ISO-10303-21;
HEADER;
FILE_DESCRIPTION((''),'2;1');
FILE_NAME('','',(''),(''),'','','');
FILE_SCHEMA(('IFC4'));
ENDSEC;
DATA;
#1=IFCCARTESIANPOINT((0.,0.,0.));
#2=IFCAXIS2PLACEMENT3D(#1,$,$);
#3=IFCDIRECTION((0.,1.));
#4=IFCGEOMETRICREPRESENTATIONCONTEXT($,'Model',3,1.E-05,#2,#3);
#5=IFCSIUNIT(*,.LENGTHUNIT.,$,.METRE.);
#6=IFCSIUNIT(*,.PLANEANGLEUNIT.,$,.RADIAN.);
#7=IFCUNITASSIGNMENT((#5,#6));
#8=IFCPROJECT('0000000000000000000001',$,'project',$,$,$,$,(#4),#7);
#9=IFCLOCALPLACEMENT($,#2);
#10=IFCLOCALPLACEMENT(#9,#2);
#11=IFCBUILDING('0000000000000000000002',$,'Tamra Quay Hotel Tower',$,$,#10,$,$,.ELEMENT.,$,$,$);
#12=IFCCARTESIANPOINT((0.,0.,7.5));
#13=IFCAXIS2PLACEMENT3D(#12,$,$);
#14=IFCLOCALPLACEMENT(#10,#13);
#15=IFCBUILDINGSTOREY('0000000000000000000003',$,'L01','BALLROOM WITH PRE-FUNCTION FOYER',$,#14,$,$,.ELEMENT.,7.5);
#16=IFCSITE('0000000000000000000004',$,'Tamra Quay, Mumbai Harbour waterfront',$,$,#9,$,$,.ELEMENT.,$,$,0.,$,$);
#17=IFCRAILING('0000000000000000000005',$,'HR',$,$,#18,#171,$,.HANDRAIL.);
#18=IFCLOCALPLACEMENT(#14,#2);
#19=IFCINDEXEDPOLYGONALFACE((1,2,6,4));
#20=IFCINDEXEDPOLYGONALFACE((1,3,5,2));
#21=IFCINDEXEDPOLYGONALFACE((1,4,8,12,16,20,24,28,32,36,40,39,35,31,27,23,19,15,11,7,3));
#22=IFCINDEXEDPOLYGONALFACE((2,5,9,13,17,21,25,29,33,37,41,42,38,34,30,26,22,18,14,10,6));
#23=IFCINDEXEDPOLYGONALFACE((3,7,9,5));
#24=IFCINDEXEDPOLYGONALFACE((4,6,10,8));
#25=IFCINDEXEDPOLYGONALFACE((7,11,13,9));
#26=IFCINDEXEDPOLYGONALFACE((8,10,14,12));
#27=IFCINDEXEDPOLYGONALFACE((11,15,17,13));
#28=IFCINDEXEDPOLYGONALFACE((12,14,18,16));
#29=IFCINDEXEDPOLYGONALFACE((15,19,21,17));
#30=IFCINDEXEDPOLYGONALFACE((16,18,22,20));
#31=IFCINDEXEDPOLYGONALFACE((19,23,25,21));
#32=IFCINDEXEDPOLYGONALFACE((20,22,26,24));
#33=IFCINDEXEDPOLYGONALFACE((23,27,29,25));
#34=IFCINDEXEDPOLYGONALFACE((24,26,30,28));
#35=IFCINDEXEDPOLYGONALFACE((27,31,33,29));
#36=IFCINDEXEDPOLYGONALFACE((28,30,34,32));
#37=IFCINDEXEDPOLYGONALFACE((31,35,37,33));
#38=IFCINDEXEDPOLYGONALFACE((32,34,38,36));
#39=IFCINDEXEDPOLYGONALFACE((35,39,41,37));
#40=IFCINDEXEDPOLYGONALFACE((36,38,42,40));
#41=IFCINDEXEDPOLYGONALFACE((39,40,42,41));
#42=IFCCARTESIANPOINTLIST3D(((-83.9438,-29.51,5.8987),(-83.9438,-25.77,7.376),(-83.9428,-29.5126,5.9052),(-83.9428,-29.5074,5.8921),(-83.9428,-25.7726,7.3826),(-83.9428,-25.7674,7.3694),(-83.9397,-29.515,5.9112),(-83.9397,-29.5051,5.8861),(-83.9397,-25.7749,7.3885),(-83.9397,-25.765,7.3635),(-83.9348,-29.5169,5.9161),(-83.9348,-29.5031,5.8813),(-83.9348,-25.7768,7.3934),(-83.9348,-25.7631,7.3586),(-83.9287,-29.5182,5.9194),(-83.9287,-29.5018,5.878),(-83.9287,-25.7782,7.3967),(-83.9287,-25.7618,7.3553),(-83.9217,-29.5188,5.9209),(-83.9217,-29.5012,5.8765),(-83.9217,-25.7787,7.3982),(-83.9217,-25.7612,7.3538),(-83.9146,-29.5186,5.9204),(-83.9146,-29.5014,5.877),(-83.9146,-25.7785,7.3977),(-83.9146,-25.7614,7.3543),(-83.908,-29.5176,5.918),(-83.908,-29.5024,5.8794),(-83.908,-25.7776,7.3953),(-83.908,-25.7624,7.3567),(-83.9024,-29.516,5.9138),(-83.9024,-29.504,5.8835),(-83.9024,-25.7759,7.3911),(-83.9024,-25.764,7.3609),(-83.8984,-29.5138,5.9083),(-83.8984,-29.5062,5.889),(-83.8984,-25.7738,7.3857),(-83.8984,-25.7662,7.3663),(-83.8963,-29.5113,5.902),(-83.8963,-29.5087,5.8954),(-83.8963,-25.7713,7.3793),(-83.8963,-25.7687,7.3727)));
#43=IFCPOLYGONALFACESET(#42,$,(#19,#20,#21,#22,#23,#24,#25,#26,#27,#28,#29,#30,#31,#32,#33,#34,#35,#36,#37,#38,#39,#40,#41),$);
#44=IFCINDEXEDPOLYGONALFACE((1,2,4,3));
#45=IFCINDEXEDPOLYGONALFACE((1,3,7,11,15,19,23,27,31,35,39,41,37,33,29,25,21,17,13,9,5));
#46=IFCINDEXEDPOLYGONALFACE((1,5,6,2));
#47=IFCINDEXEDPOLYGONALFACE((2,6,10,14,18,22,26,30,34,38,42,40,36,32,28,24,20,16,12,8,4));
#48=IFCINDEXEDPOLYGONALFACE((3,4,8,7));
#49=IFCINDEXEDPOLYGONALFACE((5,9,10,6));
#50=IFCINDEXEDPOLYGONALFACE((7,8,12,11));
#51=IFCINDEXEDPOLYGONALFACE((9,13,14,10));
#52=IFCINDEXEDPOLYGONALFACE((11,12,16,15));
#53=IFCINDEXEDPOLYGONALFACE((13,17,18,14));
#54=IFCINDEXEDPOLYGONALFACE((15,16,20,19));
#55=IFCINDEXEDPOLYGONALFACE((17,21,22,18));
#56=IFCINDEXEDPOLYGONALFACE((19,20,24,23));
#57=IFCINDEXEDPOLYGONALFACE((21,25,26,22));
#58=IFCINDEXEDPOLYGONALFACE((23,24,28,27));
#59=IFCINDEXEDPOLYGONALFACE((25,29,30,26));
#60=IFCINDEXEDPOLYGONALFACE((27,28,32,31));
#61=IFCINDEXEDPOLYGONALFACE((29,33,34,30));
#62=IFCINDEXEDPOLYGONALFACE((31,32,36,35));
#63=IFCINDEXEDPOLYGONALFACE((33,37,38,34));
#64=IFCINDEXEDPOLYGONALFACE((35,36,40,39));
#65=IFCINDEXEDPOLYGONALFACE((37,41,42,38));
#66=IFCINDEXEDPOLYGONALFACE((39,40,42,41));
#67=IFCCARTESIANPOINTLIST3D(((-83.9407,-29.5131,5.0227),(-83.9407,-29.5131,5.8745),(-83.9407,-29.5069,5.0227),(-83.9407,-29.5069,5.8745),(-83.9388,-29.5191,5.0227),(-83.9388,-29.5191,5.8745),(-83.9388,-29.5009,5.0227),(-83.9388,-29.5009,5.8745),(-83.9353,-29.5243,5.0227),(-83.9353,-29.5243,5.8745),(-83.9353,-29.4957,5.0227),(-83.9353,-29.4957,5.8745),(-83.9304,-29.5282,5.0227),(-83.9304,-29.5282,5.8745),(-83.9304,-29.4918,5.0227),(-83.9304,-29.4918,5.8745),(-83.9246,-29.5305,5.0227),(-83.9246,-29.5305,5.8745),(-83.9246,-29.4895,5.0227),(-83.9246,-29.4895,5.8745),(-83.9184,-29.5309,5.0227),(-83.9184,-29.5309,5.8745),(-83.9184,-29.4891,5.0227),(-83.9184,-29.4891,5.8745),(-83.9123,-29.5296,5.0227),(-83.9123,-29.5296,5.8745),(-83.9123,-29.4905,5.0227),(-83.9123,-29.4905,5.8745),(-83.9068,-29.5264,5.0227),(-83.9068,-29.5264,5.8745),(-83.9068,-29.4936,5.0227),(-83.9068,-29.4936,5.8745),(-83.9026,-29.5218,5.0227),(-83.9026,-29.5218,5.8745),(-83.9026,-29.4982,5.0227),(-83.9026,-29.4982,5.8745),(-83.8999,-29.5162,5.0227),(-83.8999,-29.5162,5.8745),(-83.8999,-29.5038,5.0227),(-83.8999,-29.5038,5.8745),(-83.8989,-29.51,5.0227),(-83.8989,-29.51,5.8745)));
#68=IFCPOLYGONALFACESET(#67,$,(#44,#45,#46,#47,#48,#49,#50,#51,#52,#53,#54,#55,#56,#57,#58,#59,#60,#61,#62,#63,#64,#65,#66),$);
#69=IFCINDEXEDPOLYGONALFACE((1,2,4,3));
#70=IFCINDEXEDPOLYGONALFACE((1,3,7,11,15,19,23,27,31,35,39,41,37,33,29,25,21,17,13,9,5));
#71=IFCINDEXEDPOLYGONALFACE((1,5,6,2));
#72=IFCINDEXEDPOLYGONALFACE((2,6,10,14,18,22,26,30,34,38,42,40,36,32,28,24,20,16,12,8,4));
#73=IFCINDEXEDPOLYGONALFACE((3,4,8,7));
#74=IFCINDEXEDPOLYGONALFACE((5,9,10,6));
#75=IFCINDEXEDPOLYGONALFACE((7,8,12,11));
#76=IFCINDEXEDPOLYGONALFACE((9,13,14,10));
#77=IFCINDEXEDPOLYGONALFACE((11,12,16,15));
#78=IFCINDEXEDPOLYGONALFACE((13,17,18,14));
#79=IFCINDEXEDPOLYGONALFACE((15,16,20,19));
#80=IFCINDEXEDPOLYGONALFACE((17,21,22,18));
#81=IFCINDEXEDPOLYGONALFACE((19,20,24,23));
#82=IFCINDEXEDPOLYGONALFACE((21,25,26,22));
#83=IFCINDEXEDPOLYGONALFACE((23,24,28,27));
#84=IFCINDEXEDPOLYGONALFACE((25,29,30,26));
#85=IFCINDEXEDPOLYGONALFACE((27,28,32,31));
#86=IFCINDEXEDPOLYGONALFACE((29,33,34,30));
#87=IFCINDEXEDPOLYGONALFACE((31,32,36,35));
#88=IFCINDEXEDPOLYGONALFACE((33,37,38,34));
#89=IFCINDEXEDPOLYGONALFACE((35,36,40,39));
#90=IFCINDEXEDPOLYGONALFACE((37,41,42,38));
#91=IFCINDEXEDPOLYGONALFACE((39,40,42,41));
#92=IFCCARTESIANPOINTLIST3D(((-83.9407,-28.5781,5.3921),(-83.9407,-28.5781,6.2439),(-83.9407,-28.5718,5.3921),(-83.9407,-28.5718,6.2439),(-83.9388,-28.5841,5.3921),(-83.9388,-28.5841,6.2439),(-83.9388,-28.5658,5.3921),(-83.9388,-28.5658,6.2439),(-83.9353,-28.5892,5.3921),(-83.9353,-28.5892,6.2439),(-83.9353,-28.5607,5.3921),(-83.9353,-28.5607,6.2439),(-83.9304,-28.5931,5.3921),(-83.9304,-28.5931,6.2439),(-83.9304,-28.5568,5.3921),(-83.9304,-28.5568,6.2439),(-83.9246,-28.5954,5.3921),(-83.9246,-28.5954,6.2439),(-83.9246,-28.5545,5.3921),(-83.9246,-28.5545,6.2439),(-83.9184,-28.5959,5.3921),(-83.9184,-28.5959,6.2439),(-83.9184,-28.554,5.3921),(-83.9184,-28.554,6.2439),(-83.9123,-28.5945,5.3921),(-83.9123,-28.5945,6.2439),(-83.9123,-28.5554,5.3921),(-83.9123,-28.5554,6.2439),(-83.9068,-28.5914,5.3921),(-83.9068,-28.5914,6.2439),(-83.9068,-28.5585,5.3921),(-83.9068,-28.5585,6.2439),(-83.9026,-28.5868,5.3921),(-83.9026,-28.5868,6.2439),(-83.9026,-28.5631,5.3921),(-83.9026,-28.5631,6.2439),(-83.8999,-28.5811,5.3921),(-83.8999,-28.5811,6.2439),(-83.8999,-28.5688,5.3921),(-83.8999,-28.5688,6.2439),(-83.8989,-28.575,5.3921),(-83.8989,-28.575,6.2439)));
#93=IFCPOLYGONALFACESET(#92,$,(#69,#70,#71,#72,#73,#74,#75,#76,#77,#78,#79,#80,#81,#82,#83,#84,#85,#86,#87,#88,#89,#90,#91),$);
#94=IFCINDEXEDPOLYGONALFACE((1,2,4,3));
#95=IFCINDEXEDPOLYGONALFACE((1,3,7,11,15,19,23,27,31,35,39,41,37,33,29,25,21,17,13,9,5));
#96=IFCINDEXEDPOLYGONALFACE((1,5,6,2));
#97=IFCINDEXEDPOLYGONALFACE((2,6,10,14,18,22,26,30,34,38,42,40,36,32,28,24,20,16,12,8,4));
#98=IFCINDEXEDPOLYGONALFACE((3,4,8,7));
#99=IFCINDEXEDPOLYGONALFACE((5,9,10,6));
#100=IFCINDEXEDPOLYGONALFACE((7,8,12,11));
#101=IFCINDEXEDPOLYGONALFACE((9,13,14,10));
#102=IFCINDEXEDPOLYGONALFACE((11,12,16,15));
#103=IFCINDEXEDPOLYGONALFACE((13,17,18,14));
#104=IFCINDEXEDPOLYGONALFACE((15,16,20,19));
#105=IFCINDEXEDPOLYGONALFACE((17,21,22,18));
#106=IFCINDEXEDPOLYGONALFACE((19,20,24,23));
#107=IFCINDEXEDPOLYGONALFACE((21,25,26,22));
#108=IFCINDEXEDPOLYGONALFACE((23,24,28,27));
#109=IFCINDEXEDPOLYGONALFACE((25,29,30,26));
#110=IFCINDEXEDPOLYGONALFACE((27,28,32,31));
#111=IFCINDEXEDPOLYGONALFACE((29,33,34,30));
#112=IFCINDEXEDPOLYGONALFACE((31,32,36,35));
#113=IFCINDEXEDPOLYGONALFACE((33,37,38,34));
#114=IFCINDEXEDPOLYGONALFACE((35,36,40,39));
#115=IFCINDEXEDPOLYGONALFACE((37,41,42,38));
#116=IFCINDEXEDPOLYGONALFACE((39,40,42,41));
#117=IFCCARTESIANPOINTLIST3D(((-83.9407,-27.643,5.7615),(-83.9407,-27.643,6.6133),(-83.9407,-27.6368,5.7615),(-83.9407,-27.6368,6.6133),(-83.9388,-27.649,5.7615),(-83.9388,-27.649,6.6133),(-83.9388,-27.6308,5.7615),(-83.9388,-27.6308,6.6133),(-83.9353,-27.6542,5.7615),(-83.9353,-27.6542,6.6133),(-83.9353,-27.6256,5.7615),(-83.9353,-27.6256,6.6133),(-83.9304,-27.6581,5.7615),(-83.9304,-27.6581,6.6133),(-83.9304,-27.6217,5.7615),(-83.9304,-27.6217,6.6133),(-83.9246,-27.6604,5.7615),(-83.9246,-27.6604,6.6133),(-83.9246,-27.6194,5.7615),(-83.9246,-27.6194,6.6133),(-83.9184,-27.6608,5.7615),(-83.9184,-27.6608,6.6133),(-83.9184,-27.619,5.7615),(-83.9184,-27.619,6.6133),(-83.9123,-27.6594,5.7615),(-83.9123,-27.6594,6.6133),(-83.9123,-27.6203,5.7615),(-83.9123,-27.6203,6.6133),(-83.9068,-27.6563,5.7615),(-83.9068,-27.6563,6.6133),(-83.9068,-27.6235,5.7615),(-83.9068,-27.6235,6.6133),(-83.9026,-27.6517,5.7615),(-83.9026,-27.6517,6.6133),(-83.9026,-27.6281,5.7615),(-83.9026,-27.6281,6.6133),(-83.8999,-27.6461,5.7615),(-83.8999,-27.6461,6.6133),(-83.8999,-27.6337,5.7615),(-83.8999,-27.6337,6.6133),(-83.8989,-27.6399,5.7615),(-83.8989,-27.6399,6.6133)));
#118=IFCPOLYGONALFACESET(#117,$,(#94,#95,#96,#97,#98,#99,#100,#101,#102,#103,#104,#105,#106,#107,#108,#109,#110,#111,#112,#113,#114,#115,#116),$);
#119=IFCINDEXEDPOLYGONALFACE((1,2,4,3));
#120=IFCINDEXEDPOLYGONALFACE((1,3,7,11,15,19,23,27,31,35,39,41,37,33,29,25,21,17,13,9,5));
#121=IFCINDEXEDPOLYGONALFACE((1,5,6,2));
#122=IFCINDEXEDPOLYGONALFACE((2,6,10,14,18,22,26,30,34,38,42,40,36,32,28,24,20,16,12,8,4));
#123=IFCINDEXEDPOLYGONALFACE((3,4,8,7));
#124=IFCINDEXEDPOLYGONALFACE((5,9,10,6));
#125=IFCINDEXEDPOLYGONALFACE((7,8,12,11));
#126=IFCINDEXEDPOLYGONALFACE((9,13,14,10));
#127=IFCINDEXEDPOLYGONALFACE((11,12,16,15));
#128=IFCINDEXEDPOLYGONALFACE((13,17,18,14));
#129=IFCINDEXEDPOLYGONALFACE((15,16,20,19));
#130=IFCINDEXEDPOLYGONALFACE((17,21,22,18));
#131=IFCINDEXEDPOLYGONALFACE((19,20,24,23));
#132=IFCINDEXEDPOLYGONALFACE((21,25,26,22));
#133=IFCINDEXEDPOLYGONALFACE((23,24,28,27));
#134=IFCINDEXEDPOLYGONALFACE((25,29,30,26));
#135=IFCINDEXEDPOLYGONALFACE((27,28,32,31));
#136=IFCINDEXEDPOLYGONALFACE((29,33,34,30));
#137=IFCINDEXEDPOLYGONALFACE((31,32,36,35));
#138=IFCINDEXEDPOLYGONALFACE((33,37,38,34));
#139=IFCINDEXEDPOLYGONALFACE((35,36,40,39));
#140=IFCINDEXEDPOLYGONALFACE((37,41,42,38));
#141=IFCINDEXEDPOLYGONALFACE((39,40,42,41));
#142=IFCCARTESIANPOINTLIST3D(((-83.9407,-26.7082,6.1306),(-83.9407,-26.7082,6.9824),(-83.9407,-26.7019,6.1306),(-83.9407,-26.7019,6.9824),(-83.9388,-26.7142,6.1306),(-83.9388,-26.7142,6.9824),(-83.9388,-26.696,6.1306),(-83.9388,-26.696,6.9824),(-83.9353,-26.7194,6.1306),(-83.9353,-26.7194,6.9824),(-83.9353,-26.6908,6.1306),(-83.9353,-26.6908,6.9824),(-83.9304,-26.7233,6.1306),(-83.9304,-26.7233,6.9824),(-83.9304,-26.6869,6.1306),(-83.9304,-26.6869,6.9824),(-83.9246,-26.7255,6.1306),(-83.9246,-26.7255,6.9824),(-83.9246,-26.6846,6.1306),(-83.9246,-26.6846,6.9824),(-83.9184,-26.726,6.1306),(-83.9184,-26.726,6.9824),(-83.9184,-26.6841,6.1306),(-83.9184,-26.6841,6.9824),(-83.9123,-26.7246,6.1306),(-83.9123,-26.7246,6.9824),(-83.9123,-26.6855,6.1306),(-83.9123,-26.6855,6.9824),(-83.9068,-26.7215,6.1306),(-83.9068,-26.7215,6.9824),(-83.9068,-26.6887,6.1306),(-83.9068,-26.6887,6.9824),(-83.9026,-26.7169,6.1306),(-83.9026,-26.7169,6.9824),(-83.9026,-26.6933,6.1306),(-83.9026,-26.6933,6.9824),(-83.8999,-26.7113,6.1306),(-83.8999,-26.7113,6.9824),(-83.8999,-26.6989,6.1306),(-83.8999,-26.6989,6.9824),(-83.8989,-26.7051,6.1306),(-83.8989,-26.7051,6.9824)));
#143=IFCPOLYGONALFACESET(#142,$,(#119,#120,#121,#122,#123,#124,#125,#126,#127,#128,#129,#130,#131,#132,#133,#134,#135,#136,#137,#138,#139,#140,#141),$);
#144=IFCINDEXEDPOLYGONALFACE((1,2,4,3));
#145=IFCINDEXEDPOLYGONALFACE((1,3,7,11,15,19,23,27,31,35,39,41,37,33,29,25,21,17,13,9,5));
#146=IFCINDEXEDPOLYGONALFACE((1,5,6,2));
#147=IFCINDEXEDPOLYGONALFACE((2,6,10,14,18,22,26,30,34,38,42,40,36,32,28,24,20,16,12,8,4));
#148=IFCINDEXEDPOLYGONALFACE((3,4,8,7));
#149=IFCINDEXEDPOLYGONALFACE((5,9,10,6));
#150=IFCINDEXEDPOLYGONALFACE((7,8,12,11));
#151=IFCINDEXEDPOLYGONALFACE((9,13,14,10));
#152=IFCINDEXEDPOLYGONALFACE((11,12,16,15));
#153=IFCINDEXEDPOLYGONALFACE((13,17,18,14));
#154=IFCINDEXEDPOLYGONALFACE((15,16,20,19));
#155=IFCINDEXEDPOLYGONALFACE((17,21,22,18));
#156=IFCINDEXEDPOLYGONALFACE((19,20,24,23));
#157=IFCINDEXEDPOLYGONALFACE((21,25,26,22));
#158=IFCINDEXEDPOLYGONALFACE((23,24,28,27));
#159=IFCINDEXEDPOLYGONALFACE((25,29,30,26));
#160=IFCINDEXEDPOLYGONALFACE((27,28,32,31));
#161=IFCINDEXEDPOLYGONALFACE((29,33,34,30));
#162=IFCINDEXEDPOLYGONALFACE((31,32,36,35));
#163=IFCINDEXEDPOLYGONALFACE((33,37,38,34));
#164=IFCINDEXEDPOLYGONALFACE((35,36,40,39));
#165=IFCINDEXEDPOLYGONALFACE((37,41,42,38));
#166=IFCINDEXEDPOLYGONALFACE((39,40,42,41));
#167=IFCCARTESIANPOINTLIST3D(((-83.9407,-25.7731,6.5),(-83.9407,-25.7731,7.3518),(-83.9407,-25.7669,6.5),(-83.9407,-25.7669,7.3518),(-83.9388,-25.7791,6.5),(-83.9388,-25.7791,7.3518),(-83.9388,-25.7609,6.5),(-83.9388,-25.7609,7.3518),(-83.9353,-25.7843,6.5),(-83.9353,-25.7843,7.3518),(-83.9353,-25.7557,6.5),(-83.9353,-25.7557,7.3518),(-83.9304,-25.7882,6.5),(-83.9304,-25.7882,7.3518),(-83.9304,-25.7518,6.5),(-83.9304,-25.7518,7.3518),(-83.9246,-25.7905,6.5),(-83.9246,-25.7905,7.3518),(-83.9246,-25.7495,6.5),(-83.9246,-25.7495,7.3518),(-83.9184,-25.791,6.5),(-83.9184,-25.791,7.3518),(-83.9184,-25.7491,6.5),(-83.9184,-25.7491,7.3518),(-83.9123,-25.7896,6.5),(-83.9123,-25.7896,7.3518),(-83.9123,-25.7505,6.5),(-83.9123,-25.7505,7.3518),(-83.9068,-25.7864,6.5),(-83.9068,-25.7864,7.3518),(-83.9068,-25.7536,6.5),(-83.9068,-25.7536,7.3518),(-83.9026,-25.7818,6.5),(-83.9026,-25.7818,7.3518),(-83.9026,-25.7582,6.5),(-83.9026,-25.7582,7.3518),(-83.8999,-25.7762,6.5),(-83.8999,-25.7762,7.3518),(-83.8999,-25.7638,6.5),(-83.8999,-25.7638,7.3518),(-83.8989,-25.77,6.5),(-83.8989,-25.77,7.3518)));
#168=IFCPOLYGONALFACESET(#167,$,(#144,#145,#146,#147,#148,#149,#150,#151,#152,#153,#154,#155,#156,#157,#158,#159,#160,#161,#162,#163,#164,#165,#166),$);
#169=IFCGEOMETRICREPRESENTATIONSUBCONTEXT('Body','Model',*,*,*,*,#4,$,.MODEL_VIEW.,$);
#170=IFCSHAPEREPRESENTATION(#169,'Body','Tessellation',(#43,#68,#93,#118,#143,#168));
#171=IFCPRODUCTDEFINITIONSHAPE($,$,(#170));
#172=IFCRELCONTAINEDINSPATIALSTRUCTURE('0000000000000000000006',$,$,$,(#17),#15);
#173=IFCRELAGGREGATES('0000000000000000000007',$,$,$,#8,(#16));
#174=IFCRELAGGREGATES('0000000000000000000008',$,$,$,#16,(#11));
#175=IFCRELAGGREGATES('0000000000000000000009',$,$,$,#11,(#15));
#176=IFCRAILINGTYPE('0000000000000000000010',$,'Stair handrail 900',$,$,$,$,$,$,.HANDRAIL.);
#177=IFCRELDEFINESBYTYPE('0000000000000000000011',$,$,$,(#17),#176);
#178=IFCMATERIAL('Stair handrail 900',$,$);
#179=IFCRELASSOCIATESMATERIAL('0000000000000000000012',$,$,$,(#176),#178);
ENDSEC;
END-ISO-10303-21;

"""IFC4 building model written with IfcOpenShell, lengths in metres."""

from ifc_helpers import new_model, si_unit, direction, frame, origin, origin_2d, place, context, subcontext, project, spatial, circle, extrude, material, type_object, element, save


model = new_model("IFC4")

# Units and contexts
model_context = context("Model", 3, precision=1e-05, world=origin(), true_north=direction((0.0, 1.0)))
body_context = subcontext(model_context, "Body", "Model", "MODEL_VIEW")
ifc_project = project(units=[si_unit("LENGTHUNIT", "METRE"), si_unit("PLANEANGLEUNIT", "RADIAN")], contexts=[model_context])

# Site, building, storey
site_placement = place(None, origin())
site = spatial("IfcSite", under=ifc_project, at=site_placement, Name="Tamra Quay, Mumbai Harbour waterfront", CompositionType="ELEMENT", RefElevation=0.0)
building_placement = place(site_placement, origin())
building = spatial("IfcBuilding", under=site, at=building_placement, Name="Tamra Quay Hotel Tower", CompositionType="ELEMENT")
storey_placement = place(building_placement, frame((0.0, 0.0, 7.5)))
storey = spatial("IfcBuildingStorey", under=building, at=storey_placement, Name="L01", Description="BALLROOM WITH PRE-FUNCTION FOYER", CompositionType="ELEMENT", Elevation=7.5)

# Railing
ifc_material_1 = material(Name="Stair handrail 900")
railing_type = type_object("IfcRailingType", Name="Stair handrail 900", PredefinedType="HANDRAIL", material=ifc_material_1)
for number, where, name in (
    (1, (-83.9199, -29.51, 5.0227), "HR"),
):
    element("IfcRailing", number, at=place(storey_placement, frame(where)), inside=storey, type_object=railing_type, Name=name, PredefinedType="HANDRAIL", context=body_context, shape_type="SweptSolid", body=[
        extrude(circle(Radius=0.0239, at=origin_2d()), frame((0.0, 0.0, 0.876), z_axis=(0.0, 0.930072, 0.367378), x_axis=(-1.0, 0.0, 0.0)), (0.0, 0.0, 1.0), 4.0212),
        extrude(circle(Radius=0.021, at=origin_2d()), origin(), (0.0, 0.0, 1.0), 0.8518),
        extrude(circle(Radius=0.021, at=origin_2d()), frame((0.0, 0.9351, 0.3694)), (0.0, 0.0, 1.0), 0.8518),
        extrude(circle(Radius=0.021, at=origin_2d()), frame((0.0, 1.8701, 0.7388)), (0.0, 0.0, 1.0), 0.8518),
        extrude(circle(Radius=0.021, at=origin_2d()), frame((0.0, 2.8049, 1.1079)), (0.0, 0.0, 1.0), 0.8518),
        extrude(circle(Radius=0.021, at=origin_2d()), frame((0.0, 3.74, 1.4773)), (0.0, 0.0, 1.0), 0.8518),
    ])

save(model, "model.ifc")
